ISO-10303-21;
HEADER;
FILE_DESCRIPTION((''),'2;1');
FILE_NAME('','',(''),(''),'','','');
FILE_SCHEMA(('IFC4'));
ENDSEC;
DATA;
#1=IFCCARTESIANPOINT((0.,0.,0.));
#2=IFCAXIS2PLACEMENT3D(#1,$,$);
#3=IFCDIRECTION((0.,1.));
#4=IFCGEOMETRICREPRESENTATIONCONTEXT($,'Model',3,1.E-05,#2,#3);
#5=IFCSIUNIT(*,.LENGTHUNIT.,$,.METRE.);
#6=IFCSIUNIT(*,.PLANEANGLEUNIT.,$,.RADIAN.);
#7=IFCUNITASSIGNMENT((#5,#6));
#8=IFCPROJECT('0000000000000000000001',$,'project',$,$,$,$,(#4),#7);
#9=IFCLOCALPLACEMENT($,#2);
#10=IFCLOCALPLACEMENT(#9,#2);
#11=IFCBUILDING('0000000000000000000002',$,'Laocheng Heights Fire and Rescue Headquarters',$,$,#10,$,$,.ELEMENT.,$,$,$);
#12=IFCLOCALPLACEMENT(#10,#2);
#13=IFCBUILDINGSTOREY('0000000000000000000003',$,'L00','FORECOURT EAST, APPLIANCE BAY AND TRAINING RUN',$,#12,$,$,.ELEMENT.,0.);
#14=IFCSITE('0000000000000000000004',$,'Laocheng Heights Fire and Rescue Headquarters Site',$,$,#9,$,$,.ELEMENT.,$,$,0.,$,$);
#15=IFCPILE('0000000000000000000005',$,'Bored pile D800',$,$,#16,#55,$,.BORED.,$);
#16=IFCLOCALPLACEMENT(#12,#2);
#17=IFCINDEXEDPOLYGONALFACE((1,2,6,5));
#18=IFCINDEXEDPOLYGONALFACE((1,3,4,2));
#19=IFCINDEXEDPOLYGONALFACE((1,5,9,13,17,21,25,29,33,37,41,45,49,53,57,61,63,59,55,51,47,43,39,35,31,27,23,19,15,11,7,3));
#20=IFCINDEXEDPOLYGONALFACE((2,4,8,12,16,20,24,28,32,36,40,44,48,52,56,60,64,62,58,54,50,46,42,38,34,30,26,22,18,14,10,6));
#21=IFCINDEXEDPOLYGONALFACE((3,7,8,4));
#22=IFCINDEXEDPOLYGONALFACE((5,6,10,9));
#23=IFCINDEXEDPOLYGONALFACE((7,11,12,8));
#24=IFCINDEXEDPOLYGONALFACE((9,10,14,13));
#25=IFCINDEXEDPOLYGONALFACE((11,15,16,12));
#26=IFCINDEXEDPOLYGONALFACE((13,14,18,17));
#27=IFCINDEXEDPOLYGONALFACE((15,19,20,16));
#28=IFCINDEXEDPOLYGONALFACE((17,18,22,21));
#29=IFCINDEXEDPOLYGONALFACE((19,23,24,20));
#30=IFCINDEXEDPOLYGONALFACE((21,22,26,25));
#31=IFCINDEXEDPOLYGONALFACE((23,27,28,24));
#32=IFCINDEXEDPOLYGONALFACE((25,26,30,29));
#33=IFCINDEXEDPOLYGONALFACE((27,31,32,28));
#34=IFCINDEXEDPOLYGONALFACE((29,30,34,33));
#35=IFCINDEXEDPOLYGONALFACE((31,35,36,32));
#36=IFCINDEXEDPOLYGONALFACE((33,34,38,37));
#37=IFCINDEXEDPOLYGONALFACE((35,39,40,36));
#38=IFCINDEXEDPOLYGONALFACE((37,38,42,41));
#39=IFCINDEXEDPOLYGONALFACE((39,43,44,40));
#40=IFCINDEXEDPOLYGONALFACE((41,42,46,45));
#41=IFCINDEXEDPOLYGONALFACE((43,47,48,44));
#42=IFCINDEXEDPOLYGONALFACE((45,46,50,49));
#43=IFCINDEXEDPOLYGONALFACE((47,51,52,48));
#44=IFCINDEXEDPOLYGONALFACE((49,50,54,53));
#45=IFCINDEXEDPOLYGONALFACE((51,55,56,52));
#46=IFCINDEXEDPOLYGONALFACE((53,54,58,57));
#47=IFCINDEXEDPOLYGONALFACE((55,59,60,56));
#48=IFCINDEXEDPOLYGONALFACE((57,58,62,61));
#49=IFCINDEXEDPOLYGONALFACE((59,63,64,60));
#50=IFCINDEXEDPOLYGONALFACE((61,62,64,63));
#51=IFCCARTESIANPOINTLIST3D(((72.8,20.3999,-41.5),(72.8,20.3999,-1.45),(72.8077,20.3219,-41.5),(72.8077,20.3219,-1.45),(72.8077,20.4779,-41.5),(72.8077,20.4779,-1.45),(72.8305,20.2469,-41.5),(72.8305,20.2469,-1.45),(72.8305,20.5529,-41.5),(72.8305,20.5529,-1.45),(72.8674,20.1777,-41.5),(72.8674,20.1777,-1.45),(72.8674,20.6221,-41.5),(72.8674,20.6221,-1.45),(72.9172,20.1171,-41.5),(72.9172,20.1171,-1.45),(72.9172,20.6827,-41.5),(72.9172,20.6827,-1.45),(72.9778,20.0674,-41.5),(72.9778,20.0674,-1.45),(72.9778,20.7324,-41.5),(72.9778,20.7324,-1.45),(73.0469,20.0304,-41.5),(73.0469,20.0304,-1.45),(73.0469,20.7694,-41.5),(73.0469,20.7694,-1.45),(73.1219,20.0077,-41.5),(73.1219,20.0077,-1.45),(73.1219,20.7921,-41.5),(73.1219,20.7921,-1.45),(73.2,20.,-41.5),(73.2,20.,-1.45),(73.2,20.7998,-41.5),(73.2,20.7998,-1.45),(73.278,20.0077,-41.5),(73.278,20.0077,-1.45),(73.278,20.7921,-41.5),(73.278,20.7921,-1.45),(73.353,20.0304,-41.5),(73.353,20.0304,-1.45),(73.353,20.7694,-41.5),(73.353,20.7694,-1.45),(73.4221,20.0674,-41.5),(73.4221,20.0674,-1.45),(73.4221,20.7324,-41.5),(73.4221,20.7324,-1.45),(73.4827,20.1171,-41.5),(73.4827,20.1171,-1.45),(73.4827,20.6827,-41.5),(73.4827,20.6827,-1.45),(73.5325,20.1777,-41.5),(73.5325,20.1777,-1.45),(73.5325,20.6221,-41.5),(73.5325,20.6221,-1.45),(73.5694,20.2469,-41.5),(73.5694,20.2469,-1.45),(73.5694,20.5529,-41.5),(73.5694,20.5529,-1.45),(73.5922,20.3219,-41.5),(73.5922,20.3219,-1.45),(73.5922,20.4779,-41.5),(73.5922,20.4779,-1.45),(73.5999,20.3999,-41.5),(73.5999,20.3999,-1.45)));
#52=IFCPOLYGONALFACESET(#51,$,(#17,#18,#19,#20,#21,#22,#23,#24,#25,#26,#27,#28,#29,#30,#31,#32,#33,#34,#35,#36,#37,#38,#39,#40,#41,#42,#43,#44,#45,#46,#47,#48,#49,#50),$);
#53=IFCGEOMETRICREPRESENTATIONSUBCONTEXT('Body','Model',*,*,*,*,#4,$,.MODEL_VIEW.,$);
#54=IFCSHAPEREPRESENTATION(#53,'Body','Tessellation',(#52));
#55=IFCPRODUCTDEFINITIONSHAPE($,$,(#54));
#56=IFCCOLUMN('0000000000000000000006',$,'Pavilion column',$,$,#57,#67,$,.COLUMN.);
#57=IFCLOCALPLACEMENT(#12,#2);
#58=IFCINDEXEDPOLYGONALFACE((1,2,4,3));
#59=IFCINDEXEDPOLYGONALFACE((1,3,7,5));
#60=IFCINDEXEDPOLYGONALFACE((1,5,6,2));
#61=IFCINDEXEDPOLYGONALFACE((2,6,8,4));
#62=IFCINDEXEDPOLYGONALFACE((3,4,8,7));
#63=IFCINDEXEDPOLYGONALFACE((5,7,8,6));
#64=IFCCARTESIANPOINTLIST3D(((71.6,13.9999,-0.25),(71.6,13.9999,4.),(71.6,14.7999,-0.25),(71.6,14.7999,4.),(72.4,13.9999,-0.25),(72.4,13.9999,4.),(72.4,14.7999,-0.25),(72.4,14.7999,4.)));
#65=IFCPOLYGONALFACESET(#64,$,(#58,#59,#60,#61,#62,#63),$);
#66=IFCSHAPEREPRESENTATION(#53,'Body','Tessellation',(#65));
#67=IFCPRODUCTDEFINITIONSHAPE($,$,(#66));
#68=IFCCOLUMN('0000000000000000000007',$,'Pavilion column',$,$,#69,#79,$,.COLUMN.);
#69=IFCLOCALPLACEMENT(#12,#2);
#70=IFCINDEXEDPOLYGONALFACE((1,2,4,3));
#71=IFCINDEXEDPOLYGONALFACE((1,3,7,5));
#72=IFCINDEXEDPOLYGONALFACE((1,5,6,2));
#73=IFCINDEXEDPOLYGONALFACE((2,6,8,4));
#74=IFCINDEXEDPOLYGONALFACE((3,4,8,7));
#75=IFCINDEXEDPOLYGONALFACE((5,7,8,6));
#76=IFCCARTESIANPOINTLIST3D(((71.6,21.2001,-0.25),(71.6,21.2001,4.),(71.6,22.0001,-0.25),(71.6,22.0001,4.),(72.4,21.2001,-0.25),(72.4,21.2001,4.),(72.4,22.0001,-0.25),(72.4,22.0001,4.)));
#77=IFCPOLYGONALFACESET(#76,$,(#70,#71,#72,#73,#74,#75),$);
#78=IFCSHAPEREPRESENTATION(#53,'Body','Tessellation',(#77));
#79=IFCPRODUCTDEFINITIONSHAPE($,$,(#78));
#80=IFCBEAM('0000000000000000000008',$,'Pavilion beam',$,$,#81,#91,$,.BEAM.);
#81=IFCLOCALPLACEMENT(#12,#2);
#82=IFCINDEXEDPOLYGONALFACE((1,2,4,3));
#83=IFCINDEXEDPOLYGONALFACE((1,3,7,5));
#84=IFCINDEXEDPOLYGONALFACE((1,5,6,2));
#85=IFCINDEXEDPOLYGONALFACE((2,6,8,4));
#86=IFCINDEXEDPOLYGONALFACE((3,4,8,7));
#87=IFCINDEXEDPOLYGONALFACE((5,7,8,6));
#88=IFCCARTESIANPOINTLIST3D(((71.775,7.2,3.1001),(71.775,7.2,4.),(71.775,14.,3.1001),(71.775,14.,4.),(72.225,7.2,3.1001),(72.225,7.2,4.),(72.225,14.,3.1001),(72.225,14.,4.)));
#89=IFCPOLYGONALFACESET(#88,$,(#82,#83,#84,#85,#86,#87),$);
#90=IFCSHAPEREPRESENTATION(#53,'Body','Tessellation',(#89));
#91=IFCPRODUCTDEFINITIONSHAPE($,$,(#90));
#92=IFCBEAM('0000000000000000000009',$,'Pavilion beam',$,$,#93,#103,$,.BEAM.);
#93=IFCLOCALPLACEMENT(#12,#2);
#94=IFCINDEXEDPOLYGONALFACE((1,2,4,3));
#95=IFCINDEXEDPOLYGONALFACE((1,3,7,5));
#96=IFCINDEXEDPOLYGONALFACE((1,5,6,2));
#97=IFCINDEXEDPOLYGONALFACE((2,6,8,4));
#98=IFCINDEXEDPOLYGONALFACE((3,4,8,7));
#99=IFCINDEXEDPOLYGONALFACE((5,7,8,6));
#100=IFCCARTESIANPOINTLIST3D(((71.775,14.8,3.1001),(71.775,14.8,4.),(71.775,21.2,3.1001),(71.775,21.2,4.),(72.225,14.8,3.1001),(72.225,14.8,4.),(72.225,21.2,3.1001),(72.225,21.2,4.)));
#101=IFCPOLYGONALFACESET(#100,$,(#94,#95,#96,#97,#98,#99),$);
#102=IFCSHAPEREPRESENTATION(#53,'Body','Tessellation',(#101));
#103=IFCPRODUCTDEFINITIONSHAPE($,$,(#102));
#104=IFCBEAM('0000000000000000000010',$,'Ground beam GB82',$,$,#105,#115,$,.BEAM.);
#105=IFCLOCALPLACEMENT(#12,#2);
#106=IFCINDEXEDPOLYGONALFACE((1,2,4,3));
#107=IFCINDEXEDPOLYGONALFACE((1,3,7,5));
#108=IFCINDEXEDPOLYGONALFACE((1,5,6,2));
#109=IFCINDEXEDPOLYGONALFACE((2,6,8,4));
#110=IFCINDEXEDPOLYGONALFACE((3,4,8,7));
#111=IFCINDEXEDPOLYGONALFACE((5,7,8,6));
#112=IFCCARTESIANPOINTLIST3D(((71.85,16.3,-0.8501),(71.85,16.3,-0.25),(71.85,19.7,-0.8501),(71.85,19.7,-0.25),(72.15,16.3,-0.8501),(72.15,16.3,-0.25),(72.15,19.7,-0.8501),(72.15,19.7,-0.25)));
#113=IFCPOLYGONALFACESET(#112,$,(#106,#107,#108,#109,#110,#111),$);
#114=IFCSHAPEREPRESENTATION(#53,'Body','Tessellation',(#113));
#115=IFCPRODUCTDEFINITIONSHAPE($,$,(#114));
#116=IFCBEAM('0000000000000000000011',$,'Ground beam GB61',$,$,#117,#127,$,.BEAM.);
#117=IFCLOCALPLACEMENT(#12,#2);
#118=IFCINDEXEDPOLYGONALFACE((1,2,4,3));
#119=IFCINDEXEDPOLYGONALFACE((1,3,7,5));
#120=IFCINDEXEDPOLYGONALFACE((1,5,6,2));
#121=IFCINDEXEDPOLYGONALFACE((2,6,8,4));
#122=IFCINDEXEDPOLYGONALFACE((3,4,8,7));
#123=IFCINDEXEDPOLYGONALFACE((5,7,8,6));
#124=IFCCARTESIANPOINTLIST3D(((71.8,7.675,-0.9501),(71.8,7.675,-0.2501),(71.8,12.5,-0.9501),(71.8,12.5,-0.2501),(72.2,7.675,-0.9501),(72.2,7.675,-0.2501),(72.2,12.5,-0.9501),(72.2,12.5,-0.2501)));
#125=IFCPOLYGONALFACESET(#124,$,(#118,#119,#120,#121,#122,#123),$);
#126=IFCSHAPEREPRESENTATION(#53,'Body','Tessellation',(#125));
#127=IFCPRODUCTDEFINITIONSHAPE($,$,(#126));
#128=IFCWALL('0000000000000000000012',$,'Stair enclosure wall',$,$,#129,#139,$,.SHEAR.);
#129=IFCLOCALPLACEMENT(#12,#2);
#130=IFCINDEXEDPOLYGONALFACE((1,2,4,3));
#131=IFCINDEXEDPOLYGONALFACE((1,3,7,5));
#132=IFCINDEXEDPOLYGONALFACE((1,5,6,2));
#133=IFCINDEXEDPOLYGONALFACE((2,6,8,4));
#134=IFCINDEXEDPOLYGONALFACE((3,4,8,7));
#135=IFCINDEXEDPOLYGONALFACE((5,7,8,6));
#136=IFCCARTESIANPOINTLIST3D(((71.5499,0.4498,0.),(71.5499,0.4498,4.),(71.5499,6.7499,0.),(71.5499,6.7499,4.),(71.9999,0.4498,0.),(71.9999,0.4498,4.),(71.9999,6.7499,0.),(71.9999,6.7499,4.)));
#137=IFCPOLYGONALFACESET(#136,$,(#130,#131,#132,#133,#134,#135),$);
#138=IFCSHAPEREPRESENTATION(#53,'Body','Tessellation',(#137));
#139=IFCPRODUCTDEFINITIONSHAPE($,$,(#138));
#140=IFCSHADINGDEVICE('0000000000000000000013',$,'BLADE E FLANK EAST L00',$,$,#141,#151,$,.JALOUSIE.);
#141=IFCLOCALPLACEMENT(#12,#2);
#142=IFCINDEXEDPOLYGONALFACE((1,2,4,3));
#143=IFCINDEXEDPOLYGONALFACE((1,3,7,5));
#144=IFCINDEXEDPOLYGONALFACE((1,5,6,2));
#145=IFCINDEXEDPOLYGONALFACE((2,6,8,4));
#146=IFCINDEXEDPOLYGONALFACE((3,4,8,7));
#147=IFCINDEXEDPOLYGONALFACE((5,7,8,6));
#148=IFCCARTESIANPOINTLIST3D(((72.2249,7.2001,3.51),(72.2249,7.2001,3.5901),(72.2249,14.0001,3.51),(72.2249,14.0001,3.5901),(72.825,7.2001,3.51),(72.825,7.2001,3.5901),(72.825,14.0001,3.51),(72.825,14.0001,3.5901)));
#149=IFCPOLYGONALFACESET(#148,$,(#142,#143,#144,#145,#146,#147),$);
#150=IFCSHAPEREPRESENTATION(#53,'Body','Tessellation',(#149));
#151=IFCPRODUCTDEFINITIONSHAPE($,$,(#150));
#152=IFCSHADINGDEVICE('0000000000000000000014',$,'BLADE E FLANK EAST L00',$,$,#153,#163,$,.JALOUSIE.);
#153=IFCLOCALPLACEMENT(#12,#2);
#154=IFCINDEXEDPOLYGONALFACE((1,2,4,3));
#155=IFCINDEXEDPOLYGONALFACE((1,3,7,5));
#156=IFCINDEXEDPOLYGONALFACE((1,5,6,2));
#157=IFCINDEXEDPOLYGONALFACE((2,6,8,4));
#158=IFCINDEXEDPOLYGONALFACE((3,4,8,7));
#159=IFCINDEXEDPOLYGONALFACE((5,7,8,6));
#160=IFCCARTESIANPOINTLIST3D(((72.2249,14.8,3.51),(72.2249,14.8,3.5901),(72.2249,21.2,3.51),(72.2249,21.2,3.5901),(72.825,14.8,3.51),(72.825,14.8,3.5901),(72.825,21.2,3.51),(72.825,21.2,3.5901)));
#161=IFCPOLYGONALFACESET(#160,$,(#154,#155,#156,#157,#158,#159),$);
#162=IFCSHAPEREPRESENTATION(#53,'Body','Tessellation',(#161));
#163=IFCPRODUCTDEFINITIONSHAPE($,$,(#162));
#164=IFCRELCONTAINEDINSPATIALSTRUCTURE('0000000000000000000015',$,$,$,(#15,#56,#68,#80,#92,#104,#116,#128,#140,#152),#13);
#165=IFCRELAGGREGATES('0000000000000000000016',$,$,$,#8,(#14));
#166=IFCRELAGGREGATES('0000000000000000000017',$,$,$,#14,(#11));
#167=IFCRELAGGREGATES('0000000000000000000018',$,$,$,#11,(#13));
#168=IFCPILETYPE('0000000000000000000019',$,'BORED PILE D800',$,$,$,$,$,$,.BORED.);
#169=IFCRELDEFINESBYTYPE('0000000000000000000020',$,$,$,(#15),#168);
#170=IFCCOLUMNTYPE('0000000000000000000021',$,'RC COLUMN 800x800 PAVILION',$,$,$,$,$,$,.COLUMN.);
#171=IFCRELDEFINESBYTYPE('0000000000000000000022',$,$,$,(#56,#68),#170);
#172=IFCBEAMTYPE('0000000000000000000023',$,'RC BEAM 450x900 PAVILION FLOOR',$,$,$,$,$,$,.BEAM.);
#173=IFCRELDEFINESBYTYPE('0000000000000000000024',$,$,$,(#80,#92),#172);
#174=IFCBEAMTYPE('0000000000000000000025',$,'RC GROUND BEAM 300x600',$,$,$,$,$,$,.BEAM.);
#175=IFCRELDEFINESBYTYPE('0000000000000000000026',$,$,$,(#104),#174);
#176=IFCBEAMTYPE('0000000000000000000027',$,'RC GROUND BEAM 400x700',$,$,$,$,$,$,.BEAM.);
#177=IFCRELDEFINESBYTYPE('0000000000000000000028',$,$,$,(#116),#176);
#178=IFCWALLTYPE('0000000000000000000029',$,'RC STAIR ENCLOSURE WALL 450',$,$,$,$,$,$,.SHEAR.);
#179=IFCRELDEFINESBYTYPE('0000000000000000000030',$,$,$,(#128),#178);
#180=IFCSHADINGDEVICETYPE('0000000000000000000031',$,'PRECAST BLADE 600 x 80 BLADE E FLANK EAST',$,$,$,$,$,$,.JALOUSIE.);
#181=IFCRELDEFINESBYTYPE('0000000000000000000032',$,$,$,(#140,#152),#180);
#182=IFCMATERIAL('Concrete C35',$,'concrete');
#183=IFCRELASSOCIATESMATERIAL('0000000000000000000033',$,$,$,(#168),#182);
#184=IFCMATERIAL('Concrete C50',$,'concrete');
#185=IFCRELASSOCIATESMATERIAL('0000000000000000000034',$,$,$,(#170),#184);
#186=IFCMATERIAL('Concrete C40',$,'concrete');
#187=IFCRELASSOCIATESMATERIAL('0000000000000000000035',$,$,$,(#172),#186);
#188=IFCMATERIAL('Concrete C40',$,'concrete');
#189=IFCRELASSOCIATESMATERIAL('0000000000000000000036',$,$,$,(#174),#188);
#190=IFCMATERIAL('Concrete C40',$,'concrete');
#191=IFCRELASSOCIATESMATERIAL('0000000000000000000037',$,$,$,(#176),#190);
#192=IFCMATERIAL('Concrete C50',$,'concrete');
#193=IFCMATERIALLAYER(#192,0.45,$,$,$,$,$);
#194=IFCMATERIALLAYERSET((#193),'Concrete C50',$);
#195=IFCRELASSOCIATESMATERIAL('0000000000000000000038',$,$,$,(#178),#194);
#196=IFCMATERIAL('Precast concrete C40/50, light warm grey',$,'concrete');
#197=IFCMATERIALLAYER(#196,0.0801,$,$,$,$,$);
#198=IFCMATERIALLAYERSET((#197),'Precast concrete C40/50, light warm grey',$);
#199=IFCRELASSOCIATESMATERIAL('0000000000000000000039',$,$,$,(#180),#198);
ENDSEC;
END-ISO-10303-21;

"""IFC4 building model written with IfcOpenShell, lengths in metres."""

from ifc_helpers import new_model, si_unit, direction, frame, frame_2d, origin, origin_2d, place, context, subcontext, project, spatial, rectangle, circle, extrude, material, layer, layer_set, material_profile, profile_set, type_object, element, save


model = new_model("IFC4")

# Units and contexts
model_context = context("Model", 3, precision=1e-05, world=origin(), true_north=direction((0.0, 1.0)))
body_context = subcontext(model_context, "Body", "Model", "MODEL_VIEW")
ifc_project = project(units=[si_unit("LENGTHUNIT", "METRE"), si_unit("PLANEANGLEUNIT", "RADIAN")], contexts=[model_context])

# Site, building, storey
site_placement = place(None, origin())
site = spatial("IfcSite", under=ifc_project, at=site_placement, Name="Laocheng Heights Fire and Rescue Headquarters Site", CompositionType="ELEMENT", RefElevation=0.0)
building_placement = place(site_placement, origin())
building = spatial("IfcBuilding", under=site, at=building_placement, Name="Laocheng Heights Fire and Rescue Headquarters", CompositionType="ELEMENT")
storey_placement = place(building_placement, origin())
storey = spatial("IfcBuildingStorey", under=building, at=storey_placement, Name="L00", Description="FORECOURT EAST, APPLIANCE BAY AND TRAINING RUN", CompositionType="ELEMENT", Elevation=0.0)

# Pile
ifc_material_1 = material(Name="Concrete C35", Category="concrete")
ifc_material_profile_1 = material_profile(ifc_material_1, circle(Radius=0.3999, at=origin_2d()), Name="BORED PILE D800")
ifc_profile_set_1 = profile_set([ifc_material_profile_1], Name="Concrete C35")
pile_type = type_object("IfcPileType", Name="BORED PILE D800", PredefinedType="BORED", material=ifc_profile_set_1)
for number, where, z_axis, x_axis, name in (
    (1, (73.2, 20.3999, -1.45), (0.0, 0.0, -1.0), (1.0, 0.0, 0.0), "Bored pile D800"),
):
    element("IfcPile", number, at=place(storey_placement, frame(where, z_axis=z_axis, x_axis=x_axis)), inside=storey, type_object=pile_type, Name=name, PredefinedType="BORED", context=body_context, shape_type="SweptSolid", body=[
        extrude(circle(Radius=0.3999, at=origin_2d()), origin(), (0.0, 0.0, 1.0), 40.05),
    ])

# Columns
ifc_material_2 = material(Name="Concrete C50", Category="concrete")
ifc_material_profile_2 = material_profile(ifc_material_2, rectangle(XDim=0.8, YDim=0.8, at=origin_2d()), Name="RC COLUMN 800x800 PAVILION")
ifc_profile_set_2 = profile_set([ifc_material_profile_2], Name="Concrete C50")
column_type = type_object("IfcColumnType", Name="RC COLUMN 800x800 PAVILION", PredefinedType="COLUMN", material=ifc_profile_set_2)
for number, where, z_axis, x_axis, name in (
    (2, (72.0, 14.3999, -0.25), (0.0, 0.0, 1.0), (1.0, 0.0, 0.0), "Pavilion column"),
    (3, (72.0, 21.6001, -0.25), (0.0, 0.0, 1.0), (1.0, 0.0, 0.0), "Pavilion column"),
):
    element("IfcColumn", number, at=place(storey_placement, frame(where, z_axis=z_axis, x_axis=x_axis)), inside=storey, type_object=column_type, Name=name, PredefinedType="COLUMN", context=body_context, shape_type="SweptSolid", body=[
        extrude(rectangle(XDim=0.8, YDim=0.8, at=origin_2d()), origin(), (0.0, 0.0, 1.0), 4.25),
    ])

# Beams
ifc_material_3 = material(Name="Concrete C40", Category="concrete")
ifc_material_profile_3 = material_profile(ifc_material_3, rectangle(XDim=0.45, YDim=0.8999, at=origin_2d()), Name="RC BEAM 450x900 PAVILION FLOOR")
ifc_profile_set_3 = profile_set([ifc_material_profile_3], Name="Concrete C40")
beam_type_1 = type_object("IfcBeamType", Name="RC BEAM 450x900 PAVILION FLOOR", PredefinedType="BEAM", material=ifc_profile_set_3)
beam_1_placement = place(storey_placement, frame((72.0, 7.2, 3.55), z_axis=(0.0, 1.0, 0.0), x_axis=(-1.0, 0.0, 0.0)))
element("IfcBeam", 4, at=beam_1_placement, inside=storey, type_object=beam_type_1, Name="Pavilion beam", PredefinedType="BEAM", context=body_context, shape_type="SweptSolid", body=[
    extrude(rectangle(XDim=0.45, YDim=0.8999, at=origin_2d()), origin(), (0.0, 0.0, 1.0), 6.8),
])
beam_2_placement = place(storey_placement, frame((72.0, 14.8, 3.55), z_axis=(0.0, 1.0, 0.0), x_axis=(-1.0, 0.0, 0.0)))
element("IfcBeam", 5, at=beam_2_placement, inside=storey, type_object=beam_type_1, Name="Pavilion beam", PredefinedType="BEAM", context=body_context, shape_type="SweptSolid", body=[
    extrude(rectangle(XDim=0.45, YDim=0.8999, at=origin_2d()), origin(), (0.0, 0.0, 1.0), 6.3999),
])
ifc_material_4 = material(Name="Concrete C40", Category="concrete")
ifc_material_profile_4 = material_profile(ifc_material_4, rectangle(XDim=0.3, YDim=0.6001, at=origin_2d()), Name="RC GROUND BEAM 300x600")
ifc_profile_set_4 = profile_set([ifc_material_profile_4], Name="Concrete C40")
beam_type_2 = type_object("IfcBeamType", Name="RC GROUND BEAM 300x600", PredefinedType="BEAM", material=ifc_profile_set_4)
beam_3_placement = place(storey_placement, frame((72.0, 16.3, -0.55), z_axis=(0.0, 1.0, 0.0), x_axis=(-1.0, 0.0, 0.0)))
element("IfcBeam", 6, at=beam_3_placement, inside=storey, type_object=beam_type_2, Name="Ground beam GB82", PredefinedType="BEAM", context=body_context, shape_type="SweptSolid", body=[
    extrude(rectangle(XDim=0.3, YDim=0.6001, at=origin_2d()), origin(), (0.0, 0.0, 1.0), 3.3999),
])
ifc_material_5 = material(Name="Concrete C40", Category="concrete")
ifc_material_profile_5 = material_profile(ifc_material_5, rectangle(XDim=0.3999, YDim=0.7, at=origin_2d()), Name="RC GROUND BEAM 400x700")
ifc_profile_set_5 = profile_set([ifc_material_profile_5], Name="Concrete C40")
beam_type_3 = type_object("IfcBeamType", Name="RC GROUND BEAM 400x700", PredefinedType="BEAM", material=ifc_profile_set_5)
beam_4_placement = place(storey_placement, frame((72.0, 7.675, -0.6001), z_axis=(0.0, 1.0, 0.0), x_axis=(-1.0, 0.0, 0.0)))
element("IfcBeam", 7, at=beam_4_placement, inside=storey, type_object=beam_type_3, Name="Ground beam GB61", PredefinedType="BEAM", context=body_context, shape_type="SweptSolid", body=[
    extrude(rectangle(XDim=0.3999, YDim=0.7, at=origin_2d()), origin(), (0.0, 0.0, 1.0), 4.825),
])

# Wall
ifc_material_6 = material(Name="Concrete C50", Category="concrete")
ifc_layer_1 = layer(ifc_material_6, 0.45)
ifc_layer_set_1 = layer_set([ifc_layer_1], Name="Concrete C50")
wall_type_1 = type_object("IfcWallType", Name="RC STAIR ENCLOSURE WALL 450", PredefinedType="SHEAR", material=ifc_layer_set_1)
wall_1_placement = place(storey_placement, frame((71.7749, 0.45, 0.0), z_axis=(0.0, 0.0, 1.0), x_axis=(0.0, 1.0, 0.0)))
element("IfcWall", 8, at=wall_1_placement, inside=storey, type_object=wall_type_1, Name="Stair enclosure wall", PredefinedType="SHEAR", context=body_context, shape_type="SweptSolid", body=[
    extrude(rectangle(XDim=6.3, YDim=0.45, at=frame_2d((3.1499, 0.0))), origin(), (0.0, 0.0, 1.0), 4.0),
])

# Shading devices
ifc_material_7 = material(Name="Precast concrete C40/50, light warm grey", Category="concrete")
ifc_layer_2 = layer(ifc_material_7, 0.0801)
ifc_layer_set_2 = layer_set([ifc_layer_2], Name="Precast concrete C40/50, light warm grey")
shading_device_type = type_object("IfcShadingDeviceType", Name="PRECAST BLADE 600 x 80 BLADE E FLANK EAST", PredefinedType="JALOUSIE", material=ifc_layer_set_2)
shading_device_1_placement = place(storey_placement, frame((72.5249, 10.6001, 3.51), z_axis=(0.0, 0.0, 1.0), x_axis=(1.0, 0.0, 0.0)))
element("IfcShadingDevice", 9, at=shading_device_1_placement, inside=storey, type_object=shading_device_type, Name="BLADE E FLANK EAST L00", PredefinedType="JALOUSIE", context=body_context, shape_type="SweptSolid", body=[
    extrude(rectangle(XDim=0.6001, YDim=6.8, at=origin_2d()), origin(), (0.0, 0.0, 1.0), 0.0801),
])
shading_device_2_placement = place(storey_placement, frame((72.5249, 18.0, 3.51), z_axis=(0.0, 0.0, 1.0), x_axis=(1.0, 0.0, 0.0)))
element("IfcShadingDevice", 10, at=shading_device_2_placement, inside=storey, type_object=shading_device_type, Name="BLADE E FLANK EAST L00", PredefinedType="JALOUSIE", context=body_context, shape_type="SweptSolid", body=[
    extrude(rectangle(XDim=0.6001, YDim=6.3999, at=origin_2d()), origin(), (0.0, 0.0, 1.0), 0.0801),
])

save(model, "model.ifc")
